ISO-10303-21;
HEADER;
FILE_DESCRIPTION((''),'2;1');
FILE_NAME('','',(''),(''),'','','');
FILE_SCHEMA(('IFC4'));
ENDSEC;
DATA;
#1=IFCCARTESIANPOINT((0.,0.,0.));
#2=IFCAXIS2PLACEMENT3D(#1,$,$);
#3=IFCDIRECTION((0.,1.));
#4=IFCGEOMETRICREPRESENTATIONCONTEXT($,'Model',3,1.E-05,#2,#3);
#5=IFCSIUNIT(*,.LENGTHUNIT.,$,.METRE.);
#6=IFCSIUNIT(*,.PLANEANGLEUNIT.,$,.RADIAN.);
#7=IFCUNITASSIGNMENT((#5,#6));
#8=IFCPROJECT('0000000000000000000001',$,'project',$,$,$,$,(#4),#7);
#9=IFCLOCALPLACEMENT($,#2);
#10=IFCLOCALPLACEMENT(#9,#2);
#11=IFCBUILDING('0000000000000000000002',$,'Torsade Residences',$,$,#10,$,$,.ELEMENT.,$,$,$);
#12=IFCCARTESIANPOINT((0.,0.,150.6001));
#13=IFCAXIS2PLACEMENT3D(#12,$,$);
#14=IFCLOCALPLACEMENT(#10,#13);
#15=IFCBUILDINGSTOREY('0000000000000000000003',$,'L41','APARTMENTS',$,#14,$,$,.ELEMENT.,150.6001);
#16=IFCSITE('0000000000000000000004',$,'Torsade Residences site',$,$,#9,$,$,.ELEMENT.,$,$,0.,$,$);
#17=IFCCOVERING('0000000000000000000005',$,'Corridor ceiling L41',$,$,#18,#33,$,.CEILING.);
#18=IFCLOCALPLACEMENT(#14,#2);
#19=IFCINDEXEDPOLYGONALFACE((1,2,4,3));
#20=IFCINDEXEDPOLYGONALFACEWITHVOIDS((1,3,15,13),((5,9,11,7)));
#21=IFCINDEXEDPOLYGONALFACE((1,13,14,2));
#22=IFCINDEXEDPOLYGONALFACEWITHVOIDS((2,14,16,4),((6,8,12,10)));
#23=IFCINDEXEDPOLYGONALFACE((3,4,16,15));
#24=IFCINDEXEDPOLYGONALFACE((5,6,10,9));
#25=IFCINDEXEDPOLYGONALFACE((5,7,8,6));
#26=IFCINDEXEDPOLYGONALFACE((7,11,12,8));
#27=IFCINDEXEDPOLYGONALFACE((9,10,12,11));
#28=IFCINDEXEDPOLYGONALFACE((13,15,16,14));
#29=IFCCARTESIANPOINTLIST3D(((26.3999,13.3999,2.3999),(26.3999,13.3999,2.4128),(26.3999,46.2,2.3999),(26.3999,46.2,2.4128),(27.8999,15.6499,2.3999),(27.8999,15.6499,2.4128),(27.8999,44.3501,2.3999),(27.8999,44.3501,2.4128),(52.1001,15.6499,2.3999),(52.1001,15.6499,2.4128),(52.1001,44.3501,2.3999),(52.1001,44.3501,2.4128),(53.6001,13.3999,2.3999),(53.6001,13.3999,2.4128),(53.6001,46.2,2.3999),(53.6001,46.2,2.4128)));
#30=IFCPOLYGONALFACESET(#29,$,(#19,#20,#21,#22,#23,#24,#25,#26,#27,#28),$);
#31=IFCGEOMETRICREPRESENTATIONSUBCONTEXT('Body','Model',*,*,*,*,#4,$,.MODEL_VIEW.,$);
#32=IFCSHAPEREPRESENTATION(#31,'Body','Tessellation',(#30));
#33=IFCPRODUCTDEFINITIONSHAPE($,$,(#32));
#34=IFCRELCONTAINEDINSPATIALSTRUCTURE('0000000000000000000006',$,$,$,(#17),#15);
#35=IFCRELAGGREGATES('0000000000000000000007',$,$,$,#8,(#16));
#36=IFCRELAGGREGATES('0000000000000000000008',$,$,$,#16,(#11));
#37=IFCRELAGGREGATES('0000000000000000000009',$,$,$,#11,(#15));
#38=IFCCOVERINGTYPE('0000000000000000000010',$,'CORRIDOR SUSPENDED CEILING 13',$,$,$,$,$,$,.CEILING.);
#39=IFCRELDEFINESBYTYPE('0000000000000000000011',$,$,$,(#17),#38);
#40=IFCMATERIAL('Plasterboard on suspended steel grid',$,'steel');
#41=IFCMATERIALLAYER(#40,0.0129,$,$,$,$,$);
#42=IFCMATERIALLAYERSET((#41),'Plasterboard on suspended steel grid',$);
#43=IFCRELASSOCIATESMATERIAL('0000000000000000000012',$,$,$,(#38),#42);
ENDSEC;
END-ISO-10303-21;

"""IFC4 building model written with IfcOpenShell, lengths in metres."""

from ifc_helpers import new_model, si_unit, direction, frame, origin, place, context, subcontext, project, spatial, polyline, outline, extrude, material, layer, layer_set, type_object, element, save


model = new_model("IFC4")

# Units and contexts
model_context = context("Model", 3, precision=1e-05, world=origin(), true_north=direction((0.0, 1.0)))
body_context = subcontext(model_context, "Body", "Model", "MODEL_VIEW")
ifc_project = project(units=[si_unit("LENGTHUNIT", "METRE"), si_unit("PLANEANGLEUNIT", "RADIAN")], contexts=[model_context])

# Site, building, storey
site_placement = place(None, origin())
site = spatial("IfcSite", under=ifc_project, at=site_placement, Name="Torsade Residences site", CompositionType="ELEMENT", RefElevation=0.0)
building_placement = place(site_placement, origin())
building = spatial("IfcBuilding", under=site, at=building_placement, Name="Torsade Residences", CompositionType="ELEMENT")
storey_placement = place(building_placement, frame((0.0, 0.0, 150.6001)))
storey = spatial("IfcBuildingStorey", under=building, at=storey_placement, Name="L41", Description="APARTMENTS", CompositionType="ELEMENT", Elevation=150.6001)

# Covering
ifc_material_1 = material(Name="Plasterboard on suspended steel grid", Category="steel")
ifc_layer_1 = layer(ifc_material_1, 0.0129)
ifc_layer_set_1 = layer_set([ifc_layer_1], Name="Plasterboard on suspended steel grid")
covering_type_1 = type_object("IfcCoveringType", Name="CORRIDOR SUSPENDED CEILING 13", PredefinedType="CEILING", material=ifc_layer_set_1)
covering_1_placement = place(storey_placement, frame((0.0, 0.0, 2.3999)))
element("IfcCovering", 1, at=covering_1_placement, inside=storey, type_object=covering_type_1, Name="Corridor ceiling L41", PredefinedType="CEILING", context=body_context, shape_type="SweptSolid", body=[
    extrude(outline(polyline([(26.3999, 46.2), (26.3999, 13.3999), (53.6001, 13.3999), (53.6001, 46.2), (26.3999, 46.2)]), holes=[polyline([(52.1001, 44.3501), (27.8999, 44.3501), (27.8999, 15.6499), (52.1001, 15.6499), (52.1001, 44.3501)])]), origin(), (0.0, 0.0, 1.0), 0.0129),
])

save(model, "model.ifc")
